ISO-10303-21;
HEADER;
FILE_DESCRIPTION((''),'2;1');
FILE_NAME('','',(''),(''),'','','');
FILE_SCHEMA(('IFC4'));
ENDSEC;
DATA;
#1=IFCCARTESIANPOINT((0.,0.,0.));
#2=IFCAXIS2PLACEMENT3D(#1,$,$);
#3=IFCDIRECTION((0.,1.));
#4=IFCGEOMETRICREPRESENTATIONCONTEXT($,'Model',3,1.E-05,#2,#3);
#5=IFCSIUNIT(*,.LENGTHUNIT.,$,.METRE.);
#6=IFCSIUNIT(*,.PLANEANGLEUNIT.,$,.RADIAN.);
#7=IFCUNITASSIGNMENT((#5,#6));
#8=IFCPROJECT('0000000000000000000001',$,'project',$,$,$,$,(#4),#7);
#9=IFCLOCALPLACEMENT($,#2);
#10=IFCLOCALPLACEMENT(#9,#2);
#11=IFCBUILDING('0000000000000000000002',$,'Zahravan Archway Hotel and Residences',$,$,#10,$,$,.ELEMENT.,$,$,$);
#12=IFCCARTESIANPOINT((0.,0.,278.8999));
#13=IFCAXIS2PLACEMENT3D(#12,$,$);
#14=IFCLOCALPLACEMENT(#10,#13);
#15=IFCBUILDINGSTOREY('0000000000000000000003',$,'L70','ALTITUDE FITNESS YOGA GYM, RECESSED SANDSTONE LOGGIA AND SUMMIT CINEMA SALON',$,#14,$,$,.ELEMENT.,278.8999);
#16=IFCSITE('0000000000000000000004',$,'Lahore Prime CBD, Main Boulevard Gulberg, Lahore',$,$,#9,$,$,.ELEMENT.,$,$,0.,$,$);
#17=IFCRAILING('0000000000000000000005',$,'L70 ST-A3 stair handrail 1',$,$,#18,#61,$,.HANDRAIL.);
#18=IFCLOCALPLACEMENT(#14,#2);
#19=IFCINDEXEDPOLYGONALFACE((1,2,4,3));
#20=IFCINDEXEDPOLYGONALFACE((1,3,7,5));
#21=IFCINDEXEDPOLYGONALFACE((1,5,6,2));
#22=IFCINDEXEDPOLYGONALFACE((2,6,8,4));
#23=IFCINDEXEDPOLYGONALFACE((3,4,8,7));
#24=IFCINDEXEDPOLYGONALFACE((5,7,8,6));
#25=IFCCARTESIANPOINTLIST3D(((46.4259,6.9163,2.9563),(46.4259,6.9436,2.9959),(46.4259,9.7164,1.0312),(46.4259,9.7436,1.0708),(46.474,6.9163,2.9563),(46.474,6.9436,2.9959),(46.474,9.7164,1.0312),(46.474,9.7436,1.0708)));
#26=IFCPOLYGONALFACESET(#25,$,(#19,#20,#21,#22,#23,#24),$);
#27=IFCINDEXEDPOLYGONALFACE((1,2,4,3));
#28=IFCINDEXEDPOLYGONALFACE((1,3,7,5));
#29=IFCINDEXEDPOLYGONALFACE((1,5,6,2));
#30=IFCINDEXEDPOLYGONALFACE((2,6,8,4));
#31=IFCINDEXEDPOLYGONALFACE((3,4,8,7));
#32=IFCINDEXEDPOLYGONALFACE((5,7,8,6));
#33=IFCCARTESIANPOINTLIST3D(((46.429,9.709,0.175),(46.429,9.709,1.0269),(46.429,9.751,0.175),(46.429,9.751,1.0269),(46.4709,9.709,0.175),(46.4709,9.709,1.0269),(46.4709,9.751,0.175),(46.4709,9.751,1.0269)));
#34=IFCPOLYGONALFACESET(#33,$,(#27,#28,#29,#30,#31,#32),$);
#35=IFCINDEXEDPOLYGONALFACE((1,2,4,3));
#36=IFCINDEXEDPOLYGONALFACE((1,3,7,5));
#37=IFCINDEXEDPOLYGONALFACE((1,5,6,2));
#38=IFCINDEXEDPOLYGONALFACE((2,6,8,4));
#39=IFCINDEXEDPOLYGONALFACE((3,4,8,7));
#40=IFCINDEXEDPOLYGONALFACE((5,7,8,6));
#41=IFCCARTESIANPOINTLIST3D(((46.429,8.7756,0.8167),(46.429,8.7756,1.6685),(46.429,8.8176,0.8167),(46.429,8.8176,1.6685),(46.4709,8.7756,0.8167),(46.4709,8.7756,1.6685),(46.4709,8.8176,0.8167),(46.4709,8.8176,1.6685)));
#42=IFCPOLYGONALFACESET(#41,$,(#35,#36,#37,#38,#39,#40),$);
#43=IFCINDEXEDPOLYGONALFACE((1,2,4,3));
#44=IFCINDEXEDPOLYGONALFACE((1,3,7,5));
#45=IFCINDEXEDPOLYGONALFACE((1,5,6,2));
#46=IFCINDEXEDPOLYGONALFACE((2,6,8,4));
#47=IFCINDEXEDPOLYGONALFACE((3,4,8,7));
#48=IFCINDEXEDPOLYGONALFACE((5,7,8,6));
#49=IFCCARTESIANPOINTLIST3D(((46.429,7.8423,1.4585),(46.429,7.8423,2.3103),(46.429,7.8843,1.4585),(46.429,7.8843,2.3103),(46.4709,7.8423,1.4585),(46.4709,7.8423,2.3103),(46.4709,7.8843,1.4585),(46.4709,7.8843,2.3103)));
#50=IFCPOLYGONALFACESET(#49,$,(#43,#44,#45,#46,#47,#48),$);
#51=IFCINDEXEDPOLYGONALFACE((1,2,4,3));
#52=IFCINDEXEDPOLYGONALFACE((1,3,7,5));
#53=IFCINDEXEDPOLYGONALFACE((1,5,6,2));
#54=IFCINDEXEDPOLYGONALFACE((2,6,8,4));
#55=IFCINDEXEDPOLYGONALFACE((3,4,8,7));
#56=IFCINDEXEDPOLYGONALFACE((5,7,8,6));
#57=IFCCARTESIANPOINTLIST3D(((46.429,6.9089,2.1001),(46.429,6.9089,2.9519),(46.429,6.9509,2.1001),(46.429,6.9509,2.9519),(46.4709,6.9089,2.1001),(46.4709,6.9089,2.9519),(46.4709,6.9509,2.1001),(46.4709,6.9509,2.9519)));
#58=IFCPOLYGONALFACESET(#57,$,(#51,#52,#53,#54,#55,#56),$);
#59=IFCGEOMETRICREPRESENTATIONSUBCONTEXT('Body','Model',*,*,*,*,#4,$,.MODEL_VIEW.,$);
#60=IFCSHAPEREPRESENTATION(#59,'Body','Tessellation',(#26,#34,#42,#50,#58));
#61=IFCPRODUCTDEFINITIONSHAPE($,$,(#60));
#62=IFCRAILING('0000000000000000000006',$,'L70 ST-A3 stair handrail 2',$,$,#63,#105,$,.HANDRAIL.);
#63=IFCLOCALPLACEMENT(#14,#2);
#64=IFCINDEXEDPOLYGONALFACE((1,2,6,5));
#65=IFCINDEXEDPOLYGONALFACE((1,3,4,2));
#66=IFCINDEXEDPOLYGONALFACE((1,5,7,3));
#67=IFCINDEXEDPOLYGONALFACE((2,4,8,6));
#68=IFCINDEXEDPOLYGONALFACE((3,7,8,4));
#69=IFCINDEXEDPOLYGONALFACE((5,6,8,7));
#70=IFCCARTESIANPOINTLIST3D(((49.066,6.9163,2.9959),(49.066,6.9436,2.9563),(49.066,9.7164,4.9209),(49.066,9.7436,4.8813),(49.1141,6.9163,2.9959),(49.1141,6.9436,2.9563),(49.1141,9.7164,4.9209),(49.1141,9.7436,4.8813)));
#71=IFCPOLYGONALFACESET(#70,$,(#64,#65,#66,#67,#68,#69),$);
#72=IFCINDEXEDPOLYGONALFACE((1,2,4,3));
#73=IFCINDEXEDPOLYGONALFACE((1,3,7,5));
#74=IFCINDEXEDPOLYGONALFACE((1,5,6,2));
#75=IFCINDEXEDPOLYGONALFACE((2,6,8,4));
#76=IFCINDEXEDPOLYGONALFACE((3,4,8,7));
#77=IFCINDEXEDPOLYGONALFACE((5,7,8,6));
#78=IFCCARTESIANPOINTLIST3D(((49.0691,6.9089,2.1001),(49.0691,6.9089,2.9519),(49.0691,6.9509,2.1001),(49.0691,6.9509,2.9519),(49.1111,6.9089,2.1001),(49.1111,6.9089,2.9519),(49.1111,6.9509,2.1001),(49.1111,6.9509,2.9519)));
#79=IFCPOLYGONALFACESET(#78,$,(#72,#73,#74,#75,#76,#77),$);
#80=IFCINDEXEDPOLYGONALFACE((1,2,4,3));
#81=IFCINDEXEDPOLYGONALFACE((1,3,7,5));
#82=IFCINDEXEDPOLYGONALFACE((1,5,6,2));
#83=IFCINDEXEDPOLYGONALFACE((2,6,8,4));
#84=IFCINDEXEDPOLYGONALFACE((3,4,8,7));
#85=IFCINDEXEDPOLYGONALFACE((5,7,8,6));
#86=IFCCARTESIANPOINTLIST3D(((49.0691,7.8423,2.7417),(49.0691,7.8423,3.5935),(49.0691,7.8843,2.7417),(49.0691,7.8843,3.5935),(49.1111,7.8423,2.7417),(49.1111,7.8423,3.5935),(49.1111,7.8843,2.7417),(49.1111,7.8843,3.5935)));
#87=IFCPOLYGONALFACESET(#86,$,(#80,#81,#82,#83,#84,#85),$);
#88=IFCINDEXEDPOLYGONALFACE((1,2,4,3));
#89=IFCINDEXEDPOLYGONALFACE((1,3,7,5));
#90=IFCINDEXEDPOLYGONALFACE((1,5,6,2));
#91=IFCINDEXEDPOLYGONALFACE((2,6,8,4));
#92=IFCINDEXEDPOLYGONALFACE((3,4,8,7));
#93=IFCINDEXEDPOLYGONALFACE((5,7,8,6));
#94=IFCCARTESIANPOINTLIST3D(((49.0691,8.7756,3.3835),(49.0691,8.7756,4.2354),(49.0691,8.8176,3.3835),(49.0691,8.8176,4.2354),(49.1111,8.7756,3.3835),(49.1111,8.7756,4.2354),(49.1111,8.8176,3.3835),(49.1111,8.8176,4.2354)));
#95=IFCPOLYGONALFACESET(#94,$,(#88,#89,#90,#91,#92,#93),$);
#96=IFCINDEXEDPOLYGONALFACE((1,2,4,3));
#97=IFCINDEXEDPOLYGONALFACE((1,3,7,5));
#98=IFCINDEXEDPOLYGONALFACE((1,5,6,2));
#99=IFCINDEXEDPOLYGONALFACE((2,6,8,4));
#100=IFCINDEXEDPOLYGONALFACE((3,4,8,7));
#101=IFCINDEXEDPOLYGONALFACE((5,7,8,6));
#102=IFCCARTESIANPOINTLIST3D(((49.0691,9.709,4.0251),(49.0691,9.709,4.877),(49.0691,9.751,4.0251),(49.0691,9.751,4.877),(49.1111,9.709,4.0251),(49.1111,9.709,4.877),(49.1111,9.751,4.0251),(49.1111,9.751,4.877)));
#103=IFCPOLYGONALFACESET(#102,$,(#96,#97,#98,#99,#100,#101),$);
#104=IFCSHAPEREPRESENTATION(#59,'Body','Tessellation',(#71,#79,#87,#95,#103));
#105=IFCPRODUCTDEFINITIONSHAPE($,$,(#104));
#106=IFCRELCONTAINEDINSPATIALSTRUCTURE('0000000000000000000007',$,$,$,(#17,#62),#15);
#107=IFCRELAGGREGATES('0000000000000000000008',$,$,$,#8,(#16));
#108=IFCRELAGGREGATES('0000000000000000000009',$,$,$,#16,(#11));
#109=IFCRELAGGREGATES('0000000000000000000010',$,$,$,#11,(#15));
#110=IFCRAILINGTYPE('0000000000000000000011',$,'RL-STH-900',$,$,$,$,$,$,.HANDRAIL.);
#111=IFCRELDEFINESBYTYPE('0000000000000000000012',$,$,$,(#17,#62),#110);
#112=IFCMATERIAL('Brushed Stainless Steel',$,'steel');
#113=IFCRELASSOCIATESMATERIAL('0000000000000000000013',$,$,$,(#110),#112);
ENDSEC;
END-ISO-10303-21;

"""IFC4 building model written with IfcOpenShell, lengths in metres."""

from ifc_helpers import new_model, si_unit, direction, frame, origin, origin_2d, place, context, subcontext, project, spatial, rectangle, extrude, material, type_object, element, save


model = new_model("IFC4")

# Units and contexts
model_context = context("Model", 3, precision=1e-05, world=origin(), true_north=direction((0.0, 1.0)))
body_context = subcontext(model_context, "Body", "Model", "MODEL_VIEW")
ifc_project = project(units=[si_unit("LENGTHUNIT", "METRE"), si_unit("PLANEANGLEUNIT", "RADIAN")], contexts=[model_context])

# Site, building, storey
site_placement = place(None, origin())
site = spatial("IfcSite", under=ifc_project, at=site_placement, Name="Lahore Prime CBD, Main Boulevard Gulberg, Lahore", CompositionType="ELEMENT", RefElevation=0.0)
building_placement = place(site_placement, origin())
building = spatial("IfcBuilding", under=site, at=building_placement, Name="Zahravan Archway Hotel and Residences", CompositionType="ELEMENT")
storey_placement = place(building_placement, frame((0.0, 0.0, 278.8999)))
storey = spatial("IfcBuildingStorey", under=building, at=storey_placement, Name="L70", Description="ALTITUDE FITNESS YOGA GYM, RECESSED SANDSTONE LOGGIA AND SUMMIT CINEMA SALON", CompositionType="ELEMENT", Elevation=278.8999)

# Railings
ifc_material_1 = material(Name="Brushed Stainless Steel", Category="steel")
railing_type_1 = type_object("IfcRailingType", Name="RL-STH-900", PredefinedType="HANDRAIL", material=ifc_material_1)
for number, where, name in (
    (1, (46.45, 9.73, 0.175), "L70 ST-A3 stair handrail 1"),
):
    element("IfcRailing", number, at=place(storey_placement, frame(where)), inside=storey, type_object=railing_type_1, Name=name, PredefinedType="HANDRAIL", context=body_context, shape_type="SweptSolid", body=[
        extrude(rectangle(XDim=0.0481, YDim=0.0481, at=origin_2d()), frame((0.0, 0.0, 0.876), z_axis=(0.0, -0.82404, 0.566532), x_axis=(1.0, 0.0, 0.0)), (0.0, 0.0, 1.0), 3.3979),
        extrude(rectangle(XDim=0.042, YDim=0.042, at=origin_2d()), origin(), (0.0, 0.0, 1.0), 0.8518),
        extrude(rectangle(XDim=0.042, YDim=0.042, at=origin_2d()), frame((0.0, -0.9333, 0.6416)), (0.0, 0.0, 1.0), 0.8518),
        extrude(rectangle(XDim=0.042, YDim=0.042, at=origin_2d()), frame((0.0, -1.8667, 1.2834)), (0.0, 0.0, 1.0), 0.8518),
        extrude(rectangle(XDim=0.042, YDim=0.042, at=origin_2d()), frame((0.0, -2.8, 1.925)), (0.0, 0.0, 1.0), 0.8518),
    ])
railing_1_placement = place(storey_placement, frame((49.0901, 6.9299, 2.1001)))
element("IfcRailing", 2, at=railing_1_placement, inside=storey, type_object=railing_type_1, Name="L70 ST-A3 stair handrail 2", PredefinedType="HANDRAIL", context=body_context, shape_type="SweptSolid", body=[
    extrude(rectangle(XDim=0.0481, YDim=0.0481, at=origin_2d()), frame((0.0, 0.0, 0.876), z_axis=(0.0, 0.82404, 0.566532), x_axis=(-1.0, 0.0, 0.0)), (0.0, 0.0, 1.0), 3.3979),
    extrude(rectangle(XDim=0.042, YDim=0.042, at=origin_2d()), origin(), (0.0, 0.0, 1.0), 0.8518),
    extrude(rectangle(XDim=0.042, YDim=0.042, at=origin_2d()), frame((0.0, 0.9333, 0.6416)), (0.0, 0.0, 1.0), 0.8518),
    extrude(rectangle(XDim=0.042, YDim=0.042, at=origin_2d()), frame((0.0, 1.8667, 1.2834)), (0.0, 0.0, 1.0), 0.8518),
    extrude(rectangle(XDim=0.042, YDim=0.042, at=origin_2d()), frame((0.0, 2.8, 1.925)), (0.0, 0.0, 1.0), 0.8518),
])

save(model, "model.ifc")
